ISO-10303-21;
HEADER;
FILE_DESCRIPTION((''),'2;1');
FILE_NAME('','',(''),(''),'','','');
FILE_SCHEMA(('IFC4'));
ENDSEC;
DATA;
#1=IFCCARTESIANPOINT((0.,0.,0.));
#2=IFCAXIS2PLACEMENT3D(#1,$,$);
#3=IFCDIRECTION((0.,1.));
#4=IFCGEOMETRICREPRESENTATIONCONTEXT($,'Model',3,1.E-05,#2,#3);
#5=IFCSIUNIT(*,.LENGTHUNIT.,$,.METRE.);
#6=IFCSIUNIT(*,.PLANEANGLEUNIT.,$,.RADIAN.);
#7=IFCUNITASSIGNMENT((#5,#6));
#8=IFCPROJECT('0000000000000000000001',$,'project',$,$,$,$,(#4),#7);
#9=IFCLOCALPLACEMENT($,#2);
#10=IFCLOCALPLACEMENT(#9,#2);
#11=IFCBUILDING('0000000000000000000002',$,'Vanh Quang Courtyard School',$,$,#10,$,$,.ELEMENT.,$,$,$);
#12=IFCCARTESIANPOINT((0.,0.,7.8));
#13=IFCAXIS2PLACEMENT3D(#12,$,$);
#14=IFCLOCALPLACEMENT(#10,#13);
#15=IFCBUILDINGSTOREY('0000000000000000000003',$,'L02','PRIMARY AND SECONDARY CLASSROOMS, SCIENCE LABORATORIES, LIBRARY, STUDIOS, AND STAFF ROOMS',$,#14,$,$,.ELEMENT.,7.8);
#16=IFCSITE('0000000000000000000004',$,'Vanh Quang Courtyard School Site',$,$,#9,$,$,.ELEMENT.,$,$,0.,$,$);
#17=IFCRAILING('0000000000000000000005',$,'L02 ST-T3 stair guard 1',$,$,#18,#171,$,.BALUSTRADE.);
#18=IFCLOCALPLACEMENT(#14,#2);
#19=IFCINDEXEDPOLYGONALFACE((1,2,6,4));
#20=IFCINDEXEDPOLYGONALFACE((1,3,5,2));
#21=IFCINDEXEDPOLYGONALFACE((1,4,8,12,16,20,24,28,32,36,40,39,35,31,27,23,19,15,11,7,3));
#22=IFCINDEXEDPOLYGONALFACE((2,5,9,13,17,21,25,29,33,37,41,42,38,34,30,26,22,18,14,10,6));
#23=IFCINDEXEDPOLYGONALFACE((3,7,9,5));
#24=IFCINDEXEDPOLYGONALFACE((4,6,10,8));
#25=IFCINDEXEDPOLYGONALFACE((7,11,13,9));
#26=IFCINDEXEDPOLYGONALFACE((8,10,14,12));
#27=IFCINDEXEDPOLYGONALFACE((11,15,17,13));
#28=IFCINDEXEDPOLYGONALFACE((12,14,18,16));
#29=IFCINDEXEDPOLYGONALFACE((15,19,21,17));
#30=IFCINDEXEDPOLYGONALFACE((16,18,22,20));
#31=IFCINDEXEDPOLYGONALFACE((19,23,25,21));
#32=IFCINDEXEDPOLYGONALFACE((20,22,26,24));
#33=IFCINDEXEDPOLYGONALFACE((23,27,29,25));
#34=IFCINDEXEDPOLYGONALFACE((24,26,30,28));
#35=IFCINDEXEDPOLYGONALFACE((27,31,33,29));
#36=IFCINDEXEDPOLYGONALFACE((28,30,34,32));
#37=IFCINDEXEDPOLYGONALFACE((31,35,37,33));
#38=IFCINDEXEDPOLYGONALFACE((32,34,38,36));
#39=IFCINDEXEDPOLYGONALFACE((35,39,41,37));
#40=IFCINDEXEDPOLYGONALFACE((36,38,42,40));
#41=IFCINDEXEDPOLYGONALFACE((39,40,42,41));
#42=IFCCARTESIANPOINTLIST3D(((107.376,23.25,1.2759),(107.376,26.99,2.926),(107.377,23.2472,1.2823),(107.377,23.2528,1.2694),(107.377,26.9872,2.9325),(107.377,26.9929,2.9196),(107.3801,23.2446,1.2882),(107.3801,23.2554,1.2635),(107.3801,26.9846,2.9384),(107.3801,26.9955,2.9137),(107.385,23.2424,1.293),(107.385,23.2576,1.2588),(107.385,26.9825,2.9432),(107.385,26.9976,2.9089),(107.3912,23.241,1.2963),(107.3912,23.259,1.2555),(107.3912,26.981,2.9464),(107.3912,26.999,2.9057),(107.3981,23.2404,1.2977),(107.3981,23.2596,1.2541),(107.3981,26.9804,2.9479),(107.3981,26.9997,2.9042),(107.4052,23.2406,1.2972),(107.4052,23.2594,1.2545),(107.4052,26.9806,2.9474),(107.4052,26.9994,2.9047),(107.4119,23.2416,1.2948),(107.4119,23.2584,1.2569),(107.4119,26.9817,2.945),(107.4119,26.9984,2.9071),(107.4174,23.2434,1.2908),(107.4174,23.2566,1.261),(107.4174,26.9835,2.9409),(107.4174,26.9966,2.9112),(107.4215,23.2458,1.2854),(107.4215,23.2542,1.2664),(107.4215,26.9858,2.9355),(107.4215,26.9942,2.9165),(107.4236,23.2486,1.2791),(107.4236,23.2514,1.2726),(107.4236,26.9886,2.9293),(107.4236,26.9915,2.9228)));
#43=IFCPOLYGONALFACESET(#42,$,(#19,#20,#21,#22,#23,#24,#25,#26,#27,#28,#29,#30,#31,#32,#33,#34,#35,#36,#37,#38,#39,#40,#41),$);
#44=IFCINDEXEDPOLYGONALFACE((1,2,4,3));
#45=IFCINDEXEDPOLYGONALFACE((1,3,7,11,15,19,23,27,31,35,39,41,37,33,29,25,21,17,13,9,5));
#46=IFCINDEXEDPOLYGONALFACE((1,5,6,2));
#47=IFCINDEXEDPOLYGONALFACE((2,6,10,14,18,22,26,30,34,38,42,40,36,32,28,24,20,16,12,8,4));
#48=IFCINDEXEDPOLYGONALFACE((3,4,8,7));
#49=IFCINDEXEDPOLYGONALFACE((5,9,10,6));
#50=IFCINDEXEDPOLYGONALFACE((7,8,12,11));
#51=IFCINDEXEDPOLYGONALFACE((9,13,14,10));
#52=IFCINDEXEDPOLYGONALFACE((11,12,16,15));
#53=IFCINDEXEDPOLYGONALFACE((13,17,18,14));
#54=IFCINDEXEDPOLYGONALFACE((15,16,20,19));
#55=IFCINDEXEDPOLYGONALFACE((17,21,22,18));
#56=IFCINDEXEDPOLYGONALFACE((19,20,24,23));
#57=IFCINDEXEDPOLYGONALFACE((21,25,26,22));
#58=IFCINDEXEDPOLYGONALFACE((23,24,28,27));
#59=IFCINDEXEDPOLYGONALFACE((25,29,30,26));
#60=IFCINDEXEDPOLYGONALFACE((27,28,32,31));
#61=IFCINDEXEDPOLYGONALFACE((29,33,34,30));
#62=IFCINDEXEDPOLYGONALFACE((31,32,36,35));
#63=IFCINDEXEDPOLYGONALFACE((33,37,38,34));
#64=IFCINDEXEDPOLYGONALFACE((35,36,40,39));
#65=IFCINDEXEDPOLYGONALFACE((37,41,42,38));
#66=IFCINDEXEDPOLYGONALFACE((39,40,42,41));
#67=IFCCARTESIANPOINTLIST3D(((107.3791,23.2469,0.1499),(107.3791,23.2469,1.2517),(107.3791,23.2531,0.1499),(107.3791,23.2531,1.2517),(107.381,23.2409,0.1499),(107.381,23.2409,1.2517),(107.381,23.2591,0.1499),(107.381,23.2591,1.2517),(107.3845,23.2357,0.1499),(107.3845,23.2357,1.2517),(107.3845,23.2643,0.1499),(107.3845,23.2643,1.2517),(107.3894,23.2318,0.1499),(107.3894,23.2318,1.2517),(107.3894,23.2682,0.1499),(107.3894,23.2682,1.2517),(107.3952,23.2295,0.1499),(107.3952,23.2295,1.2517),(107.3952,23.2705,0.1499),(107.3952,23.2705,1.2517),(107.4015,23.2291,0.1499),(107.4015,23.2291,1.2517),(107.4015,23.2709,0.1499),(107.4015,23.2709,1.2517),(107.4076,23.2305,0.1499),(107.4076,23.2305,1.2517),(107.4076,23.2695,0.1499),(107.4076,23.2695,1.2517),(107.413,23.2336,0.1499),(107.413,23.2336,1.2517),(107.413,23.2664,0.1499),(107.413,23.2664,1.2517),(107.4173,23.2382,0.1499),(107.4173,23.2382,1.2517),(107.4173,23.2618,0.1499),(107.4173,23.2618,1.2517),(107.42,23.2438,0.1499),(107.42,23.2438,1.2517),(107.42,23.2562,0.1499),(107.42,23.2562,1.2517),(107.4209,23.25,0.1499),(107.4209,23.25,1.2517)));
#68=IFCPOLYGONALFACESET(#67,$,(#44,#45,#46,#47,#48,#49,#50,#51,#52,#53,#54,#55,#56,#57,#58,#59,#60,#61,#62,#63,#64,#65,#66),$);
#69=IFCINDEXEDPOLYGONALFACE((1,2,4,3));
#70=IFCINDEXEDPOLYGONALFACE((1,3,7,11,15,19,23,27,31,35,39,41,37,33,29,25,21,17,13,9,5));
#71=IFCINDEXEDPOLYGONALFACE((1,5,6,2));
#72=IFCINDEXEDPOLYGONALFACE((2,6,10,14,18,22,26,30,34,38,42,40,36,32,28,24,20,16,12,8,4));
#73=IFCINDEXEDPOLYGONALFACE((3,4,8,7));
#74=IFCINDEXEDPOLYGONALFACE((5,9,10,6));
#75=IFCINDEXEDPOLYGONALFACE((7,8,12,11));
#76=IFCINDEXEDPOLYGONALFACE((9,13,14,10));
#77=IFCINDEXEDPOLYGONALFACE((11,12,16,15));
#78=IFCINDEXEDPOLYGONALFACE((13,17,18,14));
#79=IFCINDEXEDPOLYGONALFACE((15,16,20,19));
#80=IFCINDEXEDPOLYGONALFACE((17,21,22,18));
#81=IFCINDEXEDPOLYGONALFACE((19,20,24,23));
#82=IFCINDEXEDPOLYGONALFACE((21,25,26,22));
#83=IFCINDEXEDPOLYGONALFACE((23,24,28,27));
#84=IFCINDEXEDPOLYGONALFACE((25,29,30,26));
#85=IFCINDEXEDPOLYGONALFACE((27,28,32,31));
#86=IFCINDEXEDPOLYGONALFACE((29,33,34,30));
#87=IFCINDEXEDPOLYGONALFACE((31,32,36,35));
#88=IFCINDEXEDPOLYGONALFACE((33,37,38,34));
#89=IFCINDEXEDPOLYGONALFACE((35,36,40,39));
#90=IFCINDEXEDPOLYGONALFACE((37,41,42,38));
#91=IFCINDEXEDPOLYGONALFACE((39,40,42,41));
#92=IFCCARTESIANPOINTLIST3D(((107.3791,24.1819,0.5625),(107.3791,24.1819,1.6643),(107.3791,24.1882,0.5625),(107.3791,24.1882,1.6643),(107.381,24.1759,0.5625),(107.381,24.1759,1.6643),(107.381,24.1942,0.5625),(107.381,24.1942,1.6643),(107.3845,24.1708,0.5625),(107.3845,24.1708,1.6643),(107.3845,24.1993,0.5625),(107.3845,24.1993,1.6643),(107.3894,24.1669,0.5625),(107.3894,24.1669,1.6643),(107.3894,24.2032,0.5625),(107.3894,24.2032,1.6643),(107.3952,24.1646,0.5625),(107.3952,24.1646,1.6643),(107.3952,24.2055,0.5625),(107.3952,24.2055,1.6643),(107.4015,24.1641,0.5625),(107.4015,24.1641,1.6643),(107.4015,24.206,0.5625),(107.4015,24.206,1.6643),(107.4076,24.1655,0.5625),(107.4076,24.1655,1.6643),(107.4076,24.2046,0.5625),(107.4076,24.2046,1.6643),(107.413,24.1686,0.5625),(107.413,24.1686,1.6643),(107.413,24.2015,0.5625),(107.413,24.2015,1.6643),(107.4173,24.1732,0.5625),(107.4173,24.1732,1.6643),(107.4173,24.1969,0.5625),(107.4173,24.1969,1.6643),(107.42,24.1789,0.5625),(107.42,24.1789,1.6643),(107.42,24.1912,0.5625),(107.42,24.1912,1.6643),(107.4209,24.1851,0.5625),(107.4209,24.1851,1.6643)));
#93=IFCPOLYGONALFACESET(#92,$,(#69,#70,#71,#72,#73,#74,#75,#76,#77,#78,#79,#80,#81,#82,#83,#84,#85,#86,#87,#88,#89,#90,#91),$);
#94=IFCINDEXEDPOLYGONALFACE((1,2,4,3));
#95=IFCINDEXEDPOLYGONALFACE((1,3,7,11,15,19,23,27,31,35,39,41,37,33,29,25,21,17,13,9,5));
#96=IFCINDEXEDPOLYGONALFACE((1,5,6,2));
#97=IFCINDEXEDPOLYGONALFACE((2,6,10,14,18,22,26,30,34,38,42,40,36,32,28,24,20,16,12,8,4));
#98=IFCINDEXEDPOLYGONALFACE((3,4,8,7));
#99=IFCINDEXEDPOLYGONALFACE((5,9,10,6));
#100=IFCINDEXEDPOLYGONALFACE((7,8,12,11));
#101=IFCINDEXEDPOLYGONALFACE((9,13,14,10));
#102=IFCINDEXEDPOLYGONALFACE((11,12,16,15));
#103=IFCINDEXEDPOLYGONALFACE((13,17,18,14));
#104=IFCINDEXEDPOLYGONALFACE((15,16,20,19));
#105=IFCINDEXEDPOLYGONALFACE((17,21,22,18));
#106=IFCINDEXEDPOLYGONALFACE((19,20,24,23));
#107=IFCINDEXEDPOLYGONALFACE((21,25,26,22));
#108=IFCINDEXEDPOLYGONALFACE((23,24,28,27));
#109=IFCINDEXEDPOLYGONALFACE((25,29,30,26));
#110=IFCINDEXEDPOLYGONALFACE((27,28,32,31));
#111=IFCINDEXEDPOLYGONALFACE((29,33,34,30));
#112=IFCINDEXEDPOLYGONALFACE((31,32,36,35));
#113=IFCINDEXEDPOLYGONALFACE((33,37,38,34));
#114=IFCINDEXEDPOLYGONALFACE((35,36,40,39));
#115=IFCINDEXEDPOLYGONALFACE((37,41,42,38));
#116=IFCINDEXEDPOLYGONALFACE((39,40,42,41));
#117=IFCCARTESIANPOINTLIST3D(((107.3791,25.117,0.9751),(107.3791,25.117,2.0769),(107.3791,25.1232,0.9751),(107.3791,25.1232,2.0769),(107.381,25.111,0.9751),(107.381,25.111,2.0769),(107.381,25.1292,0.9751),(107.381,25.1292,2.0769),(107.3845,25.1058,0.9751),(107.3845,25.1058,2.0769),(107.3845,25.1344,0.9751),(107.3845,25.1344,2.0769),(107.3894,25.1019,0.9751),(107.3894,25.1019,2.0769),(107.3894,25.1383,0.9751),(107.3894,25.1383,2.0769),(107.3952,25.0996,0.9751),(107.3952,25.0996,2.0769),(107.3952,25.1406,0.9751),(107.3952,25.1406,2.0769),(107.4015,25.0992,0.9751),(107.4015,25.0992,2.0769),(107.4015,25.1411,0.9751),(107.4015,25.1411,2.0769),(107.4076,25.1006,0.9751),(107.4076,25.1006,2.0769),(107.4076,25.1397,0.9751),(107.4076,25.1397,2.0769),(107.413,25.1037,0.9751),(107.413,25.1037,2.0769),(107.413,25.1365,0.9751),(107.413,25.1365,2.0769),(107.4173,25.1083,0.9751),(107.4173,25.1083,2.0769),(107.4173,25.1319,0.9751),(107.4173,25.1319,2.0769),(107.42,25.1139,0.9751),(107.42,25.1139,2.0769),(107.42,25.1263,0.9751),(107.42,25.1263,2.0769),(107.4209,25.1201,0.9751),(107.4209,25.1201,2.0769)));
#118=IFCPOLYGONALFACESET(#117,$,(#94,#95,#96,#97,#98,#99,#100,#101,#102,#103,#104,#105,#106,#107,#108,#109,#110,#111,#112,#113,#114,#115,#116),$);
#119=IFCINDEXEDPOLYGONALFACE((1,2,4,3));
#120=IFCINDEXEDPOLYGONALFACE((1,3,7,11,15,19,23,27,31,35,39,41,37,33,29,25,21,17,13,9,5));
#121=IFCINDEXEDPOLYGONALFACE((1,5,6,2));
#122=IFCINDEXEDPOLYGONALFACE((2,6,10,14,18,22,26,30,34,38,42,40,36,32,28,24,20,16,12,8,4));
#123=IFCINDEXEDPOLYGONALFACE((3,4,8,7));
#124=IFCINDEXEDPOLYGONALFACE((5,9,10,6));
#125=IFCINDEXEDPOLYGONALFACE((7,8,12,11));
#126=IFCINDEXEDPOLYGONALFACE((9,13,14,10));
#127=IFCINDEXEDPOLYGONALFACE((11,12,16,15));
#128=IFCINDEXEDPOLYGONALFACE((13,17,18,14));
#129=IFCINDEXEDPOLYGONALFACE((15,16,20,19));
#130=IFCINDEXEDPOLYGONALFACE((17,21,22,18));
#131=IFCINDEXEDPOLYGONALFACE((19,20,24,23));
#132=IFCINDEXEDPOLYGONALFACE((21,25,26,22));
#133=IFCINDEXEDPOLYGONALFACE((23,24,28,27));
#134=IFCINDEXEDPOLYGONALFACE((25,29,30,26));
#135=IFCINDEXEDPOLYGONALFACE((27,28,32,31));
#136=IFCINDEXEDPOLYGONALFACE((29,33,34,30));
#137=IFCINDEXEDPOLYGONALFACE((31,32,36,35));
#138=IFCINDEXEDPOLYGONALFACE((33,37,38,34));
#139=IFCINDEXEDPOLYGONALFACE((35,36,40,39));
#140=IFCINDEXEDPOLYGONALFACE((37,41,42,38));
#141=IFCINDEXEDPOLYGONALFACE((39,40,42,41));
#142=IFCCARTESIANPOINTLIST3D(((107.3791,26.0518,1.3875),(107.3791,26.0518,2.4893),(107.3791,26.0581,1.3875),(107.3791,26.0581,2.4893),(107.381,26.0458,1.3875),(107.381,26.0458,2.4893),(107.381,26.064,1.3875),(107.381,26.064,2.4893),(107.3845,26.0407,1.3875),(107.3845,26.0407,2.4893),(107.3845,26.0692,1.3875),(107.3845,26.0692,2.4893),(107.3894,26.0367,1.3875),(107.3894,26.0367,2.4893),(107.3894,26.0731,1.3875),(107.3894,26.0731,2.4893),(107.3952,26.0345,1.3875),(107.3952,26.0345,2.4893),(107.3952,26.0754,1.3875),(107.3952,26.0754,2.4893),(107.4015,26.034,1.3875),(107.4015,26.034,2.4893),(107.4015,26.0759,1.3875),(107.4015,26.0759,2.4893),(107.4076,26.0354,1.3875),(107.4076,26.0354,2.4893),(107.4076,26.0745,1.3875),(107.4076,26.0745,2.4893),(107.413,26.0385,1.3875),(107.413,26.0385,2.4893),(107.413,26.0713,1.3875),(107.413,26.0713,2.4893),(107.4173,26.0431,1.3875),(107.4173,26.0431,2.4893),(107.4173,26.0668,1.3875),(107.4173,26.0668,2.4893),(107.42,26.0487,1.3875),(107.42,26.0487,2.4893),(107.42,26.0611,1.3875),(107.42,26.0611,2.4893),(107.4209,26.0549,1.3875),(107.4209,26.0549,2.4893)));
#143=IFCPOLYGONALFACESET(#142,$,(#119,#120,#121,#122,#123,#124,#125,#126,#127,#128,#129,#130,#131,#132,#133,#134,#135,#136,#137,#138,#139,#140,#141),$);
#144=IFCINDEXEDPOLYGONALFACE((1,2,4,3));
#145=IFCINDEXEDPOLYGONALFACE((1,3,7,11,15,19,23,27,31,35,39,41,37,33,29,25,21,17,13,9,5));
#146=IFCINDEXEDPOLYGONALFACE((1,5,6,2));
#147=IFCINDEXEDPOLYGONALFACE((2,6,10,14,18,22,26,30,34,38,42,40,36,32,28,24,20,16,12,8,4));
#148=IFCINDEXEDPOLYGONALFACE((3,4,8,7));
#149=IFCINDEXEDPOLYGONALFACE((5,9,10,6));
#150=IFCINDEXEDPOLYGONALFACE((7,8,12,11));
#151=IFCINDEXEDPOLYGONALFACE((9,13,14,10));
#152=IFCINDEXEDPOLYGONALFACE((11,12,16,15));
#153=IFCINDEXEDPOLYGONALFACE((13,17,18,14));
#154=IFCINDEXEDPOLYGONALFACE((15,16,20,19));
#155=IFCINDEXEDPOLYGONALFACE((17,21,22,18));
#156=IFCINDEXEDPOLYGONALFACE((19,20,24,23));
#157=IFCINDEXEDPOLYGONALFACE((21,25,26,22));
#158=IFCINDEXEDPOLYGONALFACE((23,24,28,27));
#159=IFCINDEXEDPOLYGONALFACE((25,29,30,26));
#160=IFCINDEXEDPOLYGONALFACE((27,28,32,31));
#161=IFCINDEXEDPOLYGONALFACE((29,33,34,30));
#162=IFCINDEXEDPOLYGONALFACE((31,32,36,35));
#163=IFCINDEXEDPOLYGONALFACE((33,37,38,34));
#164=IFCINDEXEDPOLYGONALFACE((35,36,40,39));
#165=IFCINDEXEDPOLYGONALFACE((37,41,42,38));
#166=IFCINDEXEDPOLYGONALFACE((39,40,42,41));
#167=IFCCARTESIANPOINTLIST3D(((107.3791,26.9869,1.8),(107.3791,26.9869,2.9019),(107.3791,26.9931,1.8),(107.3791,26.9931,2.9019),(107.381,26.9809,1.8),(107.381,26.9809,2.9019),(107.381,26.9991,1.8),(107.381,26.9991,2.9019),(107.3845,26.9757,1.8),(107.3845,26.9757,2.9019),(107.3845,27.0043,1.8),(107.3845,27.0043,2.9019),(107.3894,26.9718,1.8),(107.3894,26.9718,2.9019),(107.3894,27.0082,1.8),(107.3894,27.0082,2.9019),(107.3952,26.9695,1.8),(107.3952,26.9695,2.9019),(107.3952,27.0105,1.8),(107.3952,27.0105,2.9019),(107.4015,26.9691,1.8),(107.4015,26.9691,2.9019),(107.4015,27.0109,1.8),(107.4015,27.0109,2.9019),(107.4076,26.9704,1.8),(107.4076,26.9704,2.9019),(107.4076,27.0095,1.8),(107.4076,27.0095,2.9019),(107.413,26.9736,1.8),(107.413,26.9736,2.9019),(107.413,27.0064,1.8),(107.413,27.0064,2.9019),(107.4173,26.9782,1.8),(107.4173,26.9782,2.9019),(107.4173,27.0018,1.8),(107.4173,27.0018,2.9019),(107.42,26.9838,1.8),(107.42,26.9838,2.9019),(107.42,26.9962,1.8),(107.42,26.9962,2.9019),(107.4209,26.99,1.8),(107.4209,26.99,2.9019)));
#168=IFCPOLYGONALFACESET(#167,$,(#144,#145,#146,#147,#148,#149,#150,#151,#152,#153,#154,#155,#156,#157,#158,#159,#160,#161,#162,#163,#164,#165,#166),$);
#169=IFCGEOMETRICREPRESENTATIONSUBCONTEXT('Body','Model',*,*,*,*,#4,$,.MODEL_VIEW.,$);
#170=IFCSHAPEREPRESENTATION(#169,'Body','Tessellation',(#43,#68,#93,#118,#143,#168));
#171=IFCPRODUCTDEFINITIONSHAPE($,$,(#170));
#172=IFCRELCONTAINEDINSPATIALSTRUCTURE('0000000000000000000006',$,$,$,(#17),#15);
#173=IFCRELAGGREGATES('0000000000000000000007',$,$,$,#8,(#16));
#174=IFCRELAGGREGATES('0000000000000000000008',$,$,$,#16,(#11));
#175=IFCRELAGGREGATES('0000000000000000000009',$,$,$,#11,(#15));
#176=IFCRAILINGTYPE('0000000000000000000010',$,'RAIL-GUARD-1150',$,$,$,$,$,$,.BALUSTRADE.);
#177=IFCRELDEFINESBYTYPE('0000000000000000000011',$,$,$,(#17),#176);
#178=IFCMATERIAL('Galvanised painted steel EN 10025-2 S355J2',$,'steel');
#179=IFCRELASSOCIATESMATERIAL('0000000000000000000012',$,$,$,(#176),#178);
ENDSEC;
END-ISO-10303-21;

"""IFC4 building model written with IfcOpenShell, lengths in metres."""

from ifc_helpers import new_model, si_unit, direction, frame, origin, origin_2d, place, context, subcontext, project, spatial, circle, extrude, material, type_object, element, save


model = new_model("IFC4")

# Units and contexts
model_context = context("Model", 3, precision=1e-05, world=origin(), true_north=direction((0.0, 1.0)))
body_context = subcontext(model_context, "Body", "Model", "MODEL_VIEW")
ifc_project = project(units=[si_unit("LENGTHUNIT", "METRE"), si_unit("PLANEANGLEUNIT", "RADIAN")], contexts=[model_context])

# Site, building, storey
site_placement = place(None, origin())
site = spatial("IfcSite", under=ifc_project, at=site_placement, Name="Vanh Quang Courtyard School Site", CompositionType="ELEMENT", RefElevation=0.0)
building_placement = place(site_placement, origin())
building = spatial("IfcBuilding", under=site, at=building_placement, Name="Vanh Quang Courtyard School", CompositionType="ELEMENT")
storey_placement = place(building_placement, frame((0.0, 0.0, 7.8)))
storey = spatial("IfcBuildingStorey", under=building, at=storey_placement, Name="L02", Description="PRIMARY AND SECONDARY CLASSROOMS, SCIENCE LABORATORIES, LIBRARY, STUDIOS, AND STAFF ROOMS", CompositionType="ELEMENT", Elevation=7.8)

# Railing
ifc_material_1 = material(Name="Galvanised painted steel EN 10025-2 S355J2", Category="steel")
railing_type_1 = type_object("IfcRailingType", Name="RAIL-GUARD-1150", PredefinedType="BALUSTRADE", material=ifc_material_1)
railing_1_placement = place(storey_placement, frame((107.3999, 23.25, 0.1499)))
element("IfcRailing", 1, at=railing_1_placement, inside=storey, type_object=railing_type_1, Name="L02 ST-T3 stair guard 1", PredefinedType="BALUSTRADE", context=body_context, shape_type="SweptSolid", body=[
    extrude(circle(Radius=0.0239, at=origin_2d()), frame((0.0, 0.0, 1.126), z_axis=(0.0, 0.914904, 0.403671), x_axis=(-1.0, 0.0, 0.0)), (0.0, 0.0, 1.0), 4.0879),
    extrude(circle(Radius=0.021, at=origin_2d()), origin(), (0.0, 0.0, 1.0), 1.1018),
    extrude(circle(Radius=0.021, at=origin_2d()), frame((0.0, 0.9351, 0.4126)), (0.0, 0.0, 1.0), 1.1018),
    extrude(circle(Radius=0.021, at=origin_2d()), frame((0.0, 1.8701, 0.8252)), (0.0, 0.0, 1.0), 1.1018),
    extrude(circle(Radius=0.021, at=origin_2d()), frame((0.0, 2.8049, 1.2375)), (0.0, 0.0, 1.0), 1.1018),
    extrude(circle(Radius=0.021, at=origin_2d()), frame((0.0, 3.74, 1.6501)), (0.0, 0.0, 1.0), 1.1018),
])

save(model, "model.ifc")
